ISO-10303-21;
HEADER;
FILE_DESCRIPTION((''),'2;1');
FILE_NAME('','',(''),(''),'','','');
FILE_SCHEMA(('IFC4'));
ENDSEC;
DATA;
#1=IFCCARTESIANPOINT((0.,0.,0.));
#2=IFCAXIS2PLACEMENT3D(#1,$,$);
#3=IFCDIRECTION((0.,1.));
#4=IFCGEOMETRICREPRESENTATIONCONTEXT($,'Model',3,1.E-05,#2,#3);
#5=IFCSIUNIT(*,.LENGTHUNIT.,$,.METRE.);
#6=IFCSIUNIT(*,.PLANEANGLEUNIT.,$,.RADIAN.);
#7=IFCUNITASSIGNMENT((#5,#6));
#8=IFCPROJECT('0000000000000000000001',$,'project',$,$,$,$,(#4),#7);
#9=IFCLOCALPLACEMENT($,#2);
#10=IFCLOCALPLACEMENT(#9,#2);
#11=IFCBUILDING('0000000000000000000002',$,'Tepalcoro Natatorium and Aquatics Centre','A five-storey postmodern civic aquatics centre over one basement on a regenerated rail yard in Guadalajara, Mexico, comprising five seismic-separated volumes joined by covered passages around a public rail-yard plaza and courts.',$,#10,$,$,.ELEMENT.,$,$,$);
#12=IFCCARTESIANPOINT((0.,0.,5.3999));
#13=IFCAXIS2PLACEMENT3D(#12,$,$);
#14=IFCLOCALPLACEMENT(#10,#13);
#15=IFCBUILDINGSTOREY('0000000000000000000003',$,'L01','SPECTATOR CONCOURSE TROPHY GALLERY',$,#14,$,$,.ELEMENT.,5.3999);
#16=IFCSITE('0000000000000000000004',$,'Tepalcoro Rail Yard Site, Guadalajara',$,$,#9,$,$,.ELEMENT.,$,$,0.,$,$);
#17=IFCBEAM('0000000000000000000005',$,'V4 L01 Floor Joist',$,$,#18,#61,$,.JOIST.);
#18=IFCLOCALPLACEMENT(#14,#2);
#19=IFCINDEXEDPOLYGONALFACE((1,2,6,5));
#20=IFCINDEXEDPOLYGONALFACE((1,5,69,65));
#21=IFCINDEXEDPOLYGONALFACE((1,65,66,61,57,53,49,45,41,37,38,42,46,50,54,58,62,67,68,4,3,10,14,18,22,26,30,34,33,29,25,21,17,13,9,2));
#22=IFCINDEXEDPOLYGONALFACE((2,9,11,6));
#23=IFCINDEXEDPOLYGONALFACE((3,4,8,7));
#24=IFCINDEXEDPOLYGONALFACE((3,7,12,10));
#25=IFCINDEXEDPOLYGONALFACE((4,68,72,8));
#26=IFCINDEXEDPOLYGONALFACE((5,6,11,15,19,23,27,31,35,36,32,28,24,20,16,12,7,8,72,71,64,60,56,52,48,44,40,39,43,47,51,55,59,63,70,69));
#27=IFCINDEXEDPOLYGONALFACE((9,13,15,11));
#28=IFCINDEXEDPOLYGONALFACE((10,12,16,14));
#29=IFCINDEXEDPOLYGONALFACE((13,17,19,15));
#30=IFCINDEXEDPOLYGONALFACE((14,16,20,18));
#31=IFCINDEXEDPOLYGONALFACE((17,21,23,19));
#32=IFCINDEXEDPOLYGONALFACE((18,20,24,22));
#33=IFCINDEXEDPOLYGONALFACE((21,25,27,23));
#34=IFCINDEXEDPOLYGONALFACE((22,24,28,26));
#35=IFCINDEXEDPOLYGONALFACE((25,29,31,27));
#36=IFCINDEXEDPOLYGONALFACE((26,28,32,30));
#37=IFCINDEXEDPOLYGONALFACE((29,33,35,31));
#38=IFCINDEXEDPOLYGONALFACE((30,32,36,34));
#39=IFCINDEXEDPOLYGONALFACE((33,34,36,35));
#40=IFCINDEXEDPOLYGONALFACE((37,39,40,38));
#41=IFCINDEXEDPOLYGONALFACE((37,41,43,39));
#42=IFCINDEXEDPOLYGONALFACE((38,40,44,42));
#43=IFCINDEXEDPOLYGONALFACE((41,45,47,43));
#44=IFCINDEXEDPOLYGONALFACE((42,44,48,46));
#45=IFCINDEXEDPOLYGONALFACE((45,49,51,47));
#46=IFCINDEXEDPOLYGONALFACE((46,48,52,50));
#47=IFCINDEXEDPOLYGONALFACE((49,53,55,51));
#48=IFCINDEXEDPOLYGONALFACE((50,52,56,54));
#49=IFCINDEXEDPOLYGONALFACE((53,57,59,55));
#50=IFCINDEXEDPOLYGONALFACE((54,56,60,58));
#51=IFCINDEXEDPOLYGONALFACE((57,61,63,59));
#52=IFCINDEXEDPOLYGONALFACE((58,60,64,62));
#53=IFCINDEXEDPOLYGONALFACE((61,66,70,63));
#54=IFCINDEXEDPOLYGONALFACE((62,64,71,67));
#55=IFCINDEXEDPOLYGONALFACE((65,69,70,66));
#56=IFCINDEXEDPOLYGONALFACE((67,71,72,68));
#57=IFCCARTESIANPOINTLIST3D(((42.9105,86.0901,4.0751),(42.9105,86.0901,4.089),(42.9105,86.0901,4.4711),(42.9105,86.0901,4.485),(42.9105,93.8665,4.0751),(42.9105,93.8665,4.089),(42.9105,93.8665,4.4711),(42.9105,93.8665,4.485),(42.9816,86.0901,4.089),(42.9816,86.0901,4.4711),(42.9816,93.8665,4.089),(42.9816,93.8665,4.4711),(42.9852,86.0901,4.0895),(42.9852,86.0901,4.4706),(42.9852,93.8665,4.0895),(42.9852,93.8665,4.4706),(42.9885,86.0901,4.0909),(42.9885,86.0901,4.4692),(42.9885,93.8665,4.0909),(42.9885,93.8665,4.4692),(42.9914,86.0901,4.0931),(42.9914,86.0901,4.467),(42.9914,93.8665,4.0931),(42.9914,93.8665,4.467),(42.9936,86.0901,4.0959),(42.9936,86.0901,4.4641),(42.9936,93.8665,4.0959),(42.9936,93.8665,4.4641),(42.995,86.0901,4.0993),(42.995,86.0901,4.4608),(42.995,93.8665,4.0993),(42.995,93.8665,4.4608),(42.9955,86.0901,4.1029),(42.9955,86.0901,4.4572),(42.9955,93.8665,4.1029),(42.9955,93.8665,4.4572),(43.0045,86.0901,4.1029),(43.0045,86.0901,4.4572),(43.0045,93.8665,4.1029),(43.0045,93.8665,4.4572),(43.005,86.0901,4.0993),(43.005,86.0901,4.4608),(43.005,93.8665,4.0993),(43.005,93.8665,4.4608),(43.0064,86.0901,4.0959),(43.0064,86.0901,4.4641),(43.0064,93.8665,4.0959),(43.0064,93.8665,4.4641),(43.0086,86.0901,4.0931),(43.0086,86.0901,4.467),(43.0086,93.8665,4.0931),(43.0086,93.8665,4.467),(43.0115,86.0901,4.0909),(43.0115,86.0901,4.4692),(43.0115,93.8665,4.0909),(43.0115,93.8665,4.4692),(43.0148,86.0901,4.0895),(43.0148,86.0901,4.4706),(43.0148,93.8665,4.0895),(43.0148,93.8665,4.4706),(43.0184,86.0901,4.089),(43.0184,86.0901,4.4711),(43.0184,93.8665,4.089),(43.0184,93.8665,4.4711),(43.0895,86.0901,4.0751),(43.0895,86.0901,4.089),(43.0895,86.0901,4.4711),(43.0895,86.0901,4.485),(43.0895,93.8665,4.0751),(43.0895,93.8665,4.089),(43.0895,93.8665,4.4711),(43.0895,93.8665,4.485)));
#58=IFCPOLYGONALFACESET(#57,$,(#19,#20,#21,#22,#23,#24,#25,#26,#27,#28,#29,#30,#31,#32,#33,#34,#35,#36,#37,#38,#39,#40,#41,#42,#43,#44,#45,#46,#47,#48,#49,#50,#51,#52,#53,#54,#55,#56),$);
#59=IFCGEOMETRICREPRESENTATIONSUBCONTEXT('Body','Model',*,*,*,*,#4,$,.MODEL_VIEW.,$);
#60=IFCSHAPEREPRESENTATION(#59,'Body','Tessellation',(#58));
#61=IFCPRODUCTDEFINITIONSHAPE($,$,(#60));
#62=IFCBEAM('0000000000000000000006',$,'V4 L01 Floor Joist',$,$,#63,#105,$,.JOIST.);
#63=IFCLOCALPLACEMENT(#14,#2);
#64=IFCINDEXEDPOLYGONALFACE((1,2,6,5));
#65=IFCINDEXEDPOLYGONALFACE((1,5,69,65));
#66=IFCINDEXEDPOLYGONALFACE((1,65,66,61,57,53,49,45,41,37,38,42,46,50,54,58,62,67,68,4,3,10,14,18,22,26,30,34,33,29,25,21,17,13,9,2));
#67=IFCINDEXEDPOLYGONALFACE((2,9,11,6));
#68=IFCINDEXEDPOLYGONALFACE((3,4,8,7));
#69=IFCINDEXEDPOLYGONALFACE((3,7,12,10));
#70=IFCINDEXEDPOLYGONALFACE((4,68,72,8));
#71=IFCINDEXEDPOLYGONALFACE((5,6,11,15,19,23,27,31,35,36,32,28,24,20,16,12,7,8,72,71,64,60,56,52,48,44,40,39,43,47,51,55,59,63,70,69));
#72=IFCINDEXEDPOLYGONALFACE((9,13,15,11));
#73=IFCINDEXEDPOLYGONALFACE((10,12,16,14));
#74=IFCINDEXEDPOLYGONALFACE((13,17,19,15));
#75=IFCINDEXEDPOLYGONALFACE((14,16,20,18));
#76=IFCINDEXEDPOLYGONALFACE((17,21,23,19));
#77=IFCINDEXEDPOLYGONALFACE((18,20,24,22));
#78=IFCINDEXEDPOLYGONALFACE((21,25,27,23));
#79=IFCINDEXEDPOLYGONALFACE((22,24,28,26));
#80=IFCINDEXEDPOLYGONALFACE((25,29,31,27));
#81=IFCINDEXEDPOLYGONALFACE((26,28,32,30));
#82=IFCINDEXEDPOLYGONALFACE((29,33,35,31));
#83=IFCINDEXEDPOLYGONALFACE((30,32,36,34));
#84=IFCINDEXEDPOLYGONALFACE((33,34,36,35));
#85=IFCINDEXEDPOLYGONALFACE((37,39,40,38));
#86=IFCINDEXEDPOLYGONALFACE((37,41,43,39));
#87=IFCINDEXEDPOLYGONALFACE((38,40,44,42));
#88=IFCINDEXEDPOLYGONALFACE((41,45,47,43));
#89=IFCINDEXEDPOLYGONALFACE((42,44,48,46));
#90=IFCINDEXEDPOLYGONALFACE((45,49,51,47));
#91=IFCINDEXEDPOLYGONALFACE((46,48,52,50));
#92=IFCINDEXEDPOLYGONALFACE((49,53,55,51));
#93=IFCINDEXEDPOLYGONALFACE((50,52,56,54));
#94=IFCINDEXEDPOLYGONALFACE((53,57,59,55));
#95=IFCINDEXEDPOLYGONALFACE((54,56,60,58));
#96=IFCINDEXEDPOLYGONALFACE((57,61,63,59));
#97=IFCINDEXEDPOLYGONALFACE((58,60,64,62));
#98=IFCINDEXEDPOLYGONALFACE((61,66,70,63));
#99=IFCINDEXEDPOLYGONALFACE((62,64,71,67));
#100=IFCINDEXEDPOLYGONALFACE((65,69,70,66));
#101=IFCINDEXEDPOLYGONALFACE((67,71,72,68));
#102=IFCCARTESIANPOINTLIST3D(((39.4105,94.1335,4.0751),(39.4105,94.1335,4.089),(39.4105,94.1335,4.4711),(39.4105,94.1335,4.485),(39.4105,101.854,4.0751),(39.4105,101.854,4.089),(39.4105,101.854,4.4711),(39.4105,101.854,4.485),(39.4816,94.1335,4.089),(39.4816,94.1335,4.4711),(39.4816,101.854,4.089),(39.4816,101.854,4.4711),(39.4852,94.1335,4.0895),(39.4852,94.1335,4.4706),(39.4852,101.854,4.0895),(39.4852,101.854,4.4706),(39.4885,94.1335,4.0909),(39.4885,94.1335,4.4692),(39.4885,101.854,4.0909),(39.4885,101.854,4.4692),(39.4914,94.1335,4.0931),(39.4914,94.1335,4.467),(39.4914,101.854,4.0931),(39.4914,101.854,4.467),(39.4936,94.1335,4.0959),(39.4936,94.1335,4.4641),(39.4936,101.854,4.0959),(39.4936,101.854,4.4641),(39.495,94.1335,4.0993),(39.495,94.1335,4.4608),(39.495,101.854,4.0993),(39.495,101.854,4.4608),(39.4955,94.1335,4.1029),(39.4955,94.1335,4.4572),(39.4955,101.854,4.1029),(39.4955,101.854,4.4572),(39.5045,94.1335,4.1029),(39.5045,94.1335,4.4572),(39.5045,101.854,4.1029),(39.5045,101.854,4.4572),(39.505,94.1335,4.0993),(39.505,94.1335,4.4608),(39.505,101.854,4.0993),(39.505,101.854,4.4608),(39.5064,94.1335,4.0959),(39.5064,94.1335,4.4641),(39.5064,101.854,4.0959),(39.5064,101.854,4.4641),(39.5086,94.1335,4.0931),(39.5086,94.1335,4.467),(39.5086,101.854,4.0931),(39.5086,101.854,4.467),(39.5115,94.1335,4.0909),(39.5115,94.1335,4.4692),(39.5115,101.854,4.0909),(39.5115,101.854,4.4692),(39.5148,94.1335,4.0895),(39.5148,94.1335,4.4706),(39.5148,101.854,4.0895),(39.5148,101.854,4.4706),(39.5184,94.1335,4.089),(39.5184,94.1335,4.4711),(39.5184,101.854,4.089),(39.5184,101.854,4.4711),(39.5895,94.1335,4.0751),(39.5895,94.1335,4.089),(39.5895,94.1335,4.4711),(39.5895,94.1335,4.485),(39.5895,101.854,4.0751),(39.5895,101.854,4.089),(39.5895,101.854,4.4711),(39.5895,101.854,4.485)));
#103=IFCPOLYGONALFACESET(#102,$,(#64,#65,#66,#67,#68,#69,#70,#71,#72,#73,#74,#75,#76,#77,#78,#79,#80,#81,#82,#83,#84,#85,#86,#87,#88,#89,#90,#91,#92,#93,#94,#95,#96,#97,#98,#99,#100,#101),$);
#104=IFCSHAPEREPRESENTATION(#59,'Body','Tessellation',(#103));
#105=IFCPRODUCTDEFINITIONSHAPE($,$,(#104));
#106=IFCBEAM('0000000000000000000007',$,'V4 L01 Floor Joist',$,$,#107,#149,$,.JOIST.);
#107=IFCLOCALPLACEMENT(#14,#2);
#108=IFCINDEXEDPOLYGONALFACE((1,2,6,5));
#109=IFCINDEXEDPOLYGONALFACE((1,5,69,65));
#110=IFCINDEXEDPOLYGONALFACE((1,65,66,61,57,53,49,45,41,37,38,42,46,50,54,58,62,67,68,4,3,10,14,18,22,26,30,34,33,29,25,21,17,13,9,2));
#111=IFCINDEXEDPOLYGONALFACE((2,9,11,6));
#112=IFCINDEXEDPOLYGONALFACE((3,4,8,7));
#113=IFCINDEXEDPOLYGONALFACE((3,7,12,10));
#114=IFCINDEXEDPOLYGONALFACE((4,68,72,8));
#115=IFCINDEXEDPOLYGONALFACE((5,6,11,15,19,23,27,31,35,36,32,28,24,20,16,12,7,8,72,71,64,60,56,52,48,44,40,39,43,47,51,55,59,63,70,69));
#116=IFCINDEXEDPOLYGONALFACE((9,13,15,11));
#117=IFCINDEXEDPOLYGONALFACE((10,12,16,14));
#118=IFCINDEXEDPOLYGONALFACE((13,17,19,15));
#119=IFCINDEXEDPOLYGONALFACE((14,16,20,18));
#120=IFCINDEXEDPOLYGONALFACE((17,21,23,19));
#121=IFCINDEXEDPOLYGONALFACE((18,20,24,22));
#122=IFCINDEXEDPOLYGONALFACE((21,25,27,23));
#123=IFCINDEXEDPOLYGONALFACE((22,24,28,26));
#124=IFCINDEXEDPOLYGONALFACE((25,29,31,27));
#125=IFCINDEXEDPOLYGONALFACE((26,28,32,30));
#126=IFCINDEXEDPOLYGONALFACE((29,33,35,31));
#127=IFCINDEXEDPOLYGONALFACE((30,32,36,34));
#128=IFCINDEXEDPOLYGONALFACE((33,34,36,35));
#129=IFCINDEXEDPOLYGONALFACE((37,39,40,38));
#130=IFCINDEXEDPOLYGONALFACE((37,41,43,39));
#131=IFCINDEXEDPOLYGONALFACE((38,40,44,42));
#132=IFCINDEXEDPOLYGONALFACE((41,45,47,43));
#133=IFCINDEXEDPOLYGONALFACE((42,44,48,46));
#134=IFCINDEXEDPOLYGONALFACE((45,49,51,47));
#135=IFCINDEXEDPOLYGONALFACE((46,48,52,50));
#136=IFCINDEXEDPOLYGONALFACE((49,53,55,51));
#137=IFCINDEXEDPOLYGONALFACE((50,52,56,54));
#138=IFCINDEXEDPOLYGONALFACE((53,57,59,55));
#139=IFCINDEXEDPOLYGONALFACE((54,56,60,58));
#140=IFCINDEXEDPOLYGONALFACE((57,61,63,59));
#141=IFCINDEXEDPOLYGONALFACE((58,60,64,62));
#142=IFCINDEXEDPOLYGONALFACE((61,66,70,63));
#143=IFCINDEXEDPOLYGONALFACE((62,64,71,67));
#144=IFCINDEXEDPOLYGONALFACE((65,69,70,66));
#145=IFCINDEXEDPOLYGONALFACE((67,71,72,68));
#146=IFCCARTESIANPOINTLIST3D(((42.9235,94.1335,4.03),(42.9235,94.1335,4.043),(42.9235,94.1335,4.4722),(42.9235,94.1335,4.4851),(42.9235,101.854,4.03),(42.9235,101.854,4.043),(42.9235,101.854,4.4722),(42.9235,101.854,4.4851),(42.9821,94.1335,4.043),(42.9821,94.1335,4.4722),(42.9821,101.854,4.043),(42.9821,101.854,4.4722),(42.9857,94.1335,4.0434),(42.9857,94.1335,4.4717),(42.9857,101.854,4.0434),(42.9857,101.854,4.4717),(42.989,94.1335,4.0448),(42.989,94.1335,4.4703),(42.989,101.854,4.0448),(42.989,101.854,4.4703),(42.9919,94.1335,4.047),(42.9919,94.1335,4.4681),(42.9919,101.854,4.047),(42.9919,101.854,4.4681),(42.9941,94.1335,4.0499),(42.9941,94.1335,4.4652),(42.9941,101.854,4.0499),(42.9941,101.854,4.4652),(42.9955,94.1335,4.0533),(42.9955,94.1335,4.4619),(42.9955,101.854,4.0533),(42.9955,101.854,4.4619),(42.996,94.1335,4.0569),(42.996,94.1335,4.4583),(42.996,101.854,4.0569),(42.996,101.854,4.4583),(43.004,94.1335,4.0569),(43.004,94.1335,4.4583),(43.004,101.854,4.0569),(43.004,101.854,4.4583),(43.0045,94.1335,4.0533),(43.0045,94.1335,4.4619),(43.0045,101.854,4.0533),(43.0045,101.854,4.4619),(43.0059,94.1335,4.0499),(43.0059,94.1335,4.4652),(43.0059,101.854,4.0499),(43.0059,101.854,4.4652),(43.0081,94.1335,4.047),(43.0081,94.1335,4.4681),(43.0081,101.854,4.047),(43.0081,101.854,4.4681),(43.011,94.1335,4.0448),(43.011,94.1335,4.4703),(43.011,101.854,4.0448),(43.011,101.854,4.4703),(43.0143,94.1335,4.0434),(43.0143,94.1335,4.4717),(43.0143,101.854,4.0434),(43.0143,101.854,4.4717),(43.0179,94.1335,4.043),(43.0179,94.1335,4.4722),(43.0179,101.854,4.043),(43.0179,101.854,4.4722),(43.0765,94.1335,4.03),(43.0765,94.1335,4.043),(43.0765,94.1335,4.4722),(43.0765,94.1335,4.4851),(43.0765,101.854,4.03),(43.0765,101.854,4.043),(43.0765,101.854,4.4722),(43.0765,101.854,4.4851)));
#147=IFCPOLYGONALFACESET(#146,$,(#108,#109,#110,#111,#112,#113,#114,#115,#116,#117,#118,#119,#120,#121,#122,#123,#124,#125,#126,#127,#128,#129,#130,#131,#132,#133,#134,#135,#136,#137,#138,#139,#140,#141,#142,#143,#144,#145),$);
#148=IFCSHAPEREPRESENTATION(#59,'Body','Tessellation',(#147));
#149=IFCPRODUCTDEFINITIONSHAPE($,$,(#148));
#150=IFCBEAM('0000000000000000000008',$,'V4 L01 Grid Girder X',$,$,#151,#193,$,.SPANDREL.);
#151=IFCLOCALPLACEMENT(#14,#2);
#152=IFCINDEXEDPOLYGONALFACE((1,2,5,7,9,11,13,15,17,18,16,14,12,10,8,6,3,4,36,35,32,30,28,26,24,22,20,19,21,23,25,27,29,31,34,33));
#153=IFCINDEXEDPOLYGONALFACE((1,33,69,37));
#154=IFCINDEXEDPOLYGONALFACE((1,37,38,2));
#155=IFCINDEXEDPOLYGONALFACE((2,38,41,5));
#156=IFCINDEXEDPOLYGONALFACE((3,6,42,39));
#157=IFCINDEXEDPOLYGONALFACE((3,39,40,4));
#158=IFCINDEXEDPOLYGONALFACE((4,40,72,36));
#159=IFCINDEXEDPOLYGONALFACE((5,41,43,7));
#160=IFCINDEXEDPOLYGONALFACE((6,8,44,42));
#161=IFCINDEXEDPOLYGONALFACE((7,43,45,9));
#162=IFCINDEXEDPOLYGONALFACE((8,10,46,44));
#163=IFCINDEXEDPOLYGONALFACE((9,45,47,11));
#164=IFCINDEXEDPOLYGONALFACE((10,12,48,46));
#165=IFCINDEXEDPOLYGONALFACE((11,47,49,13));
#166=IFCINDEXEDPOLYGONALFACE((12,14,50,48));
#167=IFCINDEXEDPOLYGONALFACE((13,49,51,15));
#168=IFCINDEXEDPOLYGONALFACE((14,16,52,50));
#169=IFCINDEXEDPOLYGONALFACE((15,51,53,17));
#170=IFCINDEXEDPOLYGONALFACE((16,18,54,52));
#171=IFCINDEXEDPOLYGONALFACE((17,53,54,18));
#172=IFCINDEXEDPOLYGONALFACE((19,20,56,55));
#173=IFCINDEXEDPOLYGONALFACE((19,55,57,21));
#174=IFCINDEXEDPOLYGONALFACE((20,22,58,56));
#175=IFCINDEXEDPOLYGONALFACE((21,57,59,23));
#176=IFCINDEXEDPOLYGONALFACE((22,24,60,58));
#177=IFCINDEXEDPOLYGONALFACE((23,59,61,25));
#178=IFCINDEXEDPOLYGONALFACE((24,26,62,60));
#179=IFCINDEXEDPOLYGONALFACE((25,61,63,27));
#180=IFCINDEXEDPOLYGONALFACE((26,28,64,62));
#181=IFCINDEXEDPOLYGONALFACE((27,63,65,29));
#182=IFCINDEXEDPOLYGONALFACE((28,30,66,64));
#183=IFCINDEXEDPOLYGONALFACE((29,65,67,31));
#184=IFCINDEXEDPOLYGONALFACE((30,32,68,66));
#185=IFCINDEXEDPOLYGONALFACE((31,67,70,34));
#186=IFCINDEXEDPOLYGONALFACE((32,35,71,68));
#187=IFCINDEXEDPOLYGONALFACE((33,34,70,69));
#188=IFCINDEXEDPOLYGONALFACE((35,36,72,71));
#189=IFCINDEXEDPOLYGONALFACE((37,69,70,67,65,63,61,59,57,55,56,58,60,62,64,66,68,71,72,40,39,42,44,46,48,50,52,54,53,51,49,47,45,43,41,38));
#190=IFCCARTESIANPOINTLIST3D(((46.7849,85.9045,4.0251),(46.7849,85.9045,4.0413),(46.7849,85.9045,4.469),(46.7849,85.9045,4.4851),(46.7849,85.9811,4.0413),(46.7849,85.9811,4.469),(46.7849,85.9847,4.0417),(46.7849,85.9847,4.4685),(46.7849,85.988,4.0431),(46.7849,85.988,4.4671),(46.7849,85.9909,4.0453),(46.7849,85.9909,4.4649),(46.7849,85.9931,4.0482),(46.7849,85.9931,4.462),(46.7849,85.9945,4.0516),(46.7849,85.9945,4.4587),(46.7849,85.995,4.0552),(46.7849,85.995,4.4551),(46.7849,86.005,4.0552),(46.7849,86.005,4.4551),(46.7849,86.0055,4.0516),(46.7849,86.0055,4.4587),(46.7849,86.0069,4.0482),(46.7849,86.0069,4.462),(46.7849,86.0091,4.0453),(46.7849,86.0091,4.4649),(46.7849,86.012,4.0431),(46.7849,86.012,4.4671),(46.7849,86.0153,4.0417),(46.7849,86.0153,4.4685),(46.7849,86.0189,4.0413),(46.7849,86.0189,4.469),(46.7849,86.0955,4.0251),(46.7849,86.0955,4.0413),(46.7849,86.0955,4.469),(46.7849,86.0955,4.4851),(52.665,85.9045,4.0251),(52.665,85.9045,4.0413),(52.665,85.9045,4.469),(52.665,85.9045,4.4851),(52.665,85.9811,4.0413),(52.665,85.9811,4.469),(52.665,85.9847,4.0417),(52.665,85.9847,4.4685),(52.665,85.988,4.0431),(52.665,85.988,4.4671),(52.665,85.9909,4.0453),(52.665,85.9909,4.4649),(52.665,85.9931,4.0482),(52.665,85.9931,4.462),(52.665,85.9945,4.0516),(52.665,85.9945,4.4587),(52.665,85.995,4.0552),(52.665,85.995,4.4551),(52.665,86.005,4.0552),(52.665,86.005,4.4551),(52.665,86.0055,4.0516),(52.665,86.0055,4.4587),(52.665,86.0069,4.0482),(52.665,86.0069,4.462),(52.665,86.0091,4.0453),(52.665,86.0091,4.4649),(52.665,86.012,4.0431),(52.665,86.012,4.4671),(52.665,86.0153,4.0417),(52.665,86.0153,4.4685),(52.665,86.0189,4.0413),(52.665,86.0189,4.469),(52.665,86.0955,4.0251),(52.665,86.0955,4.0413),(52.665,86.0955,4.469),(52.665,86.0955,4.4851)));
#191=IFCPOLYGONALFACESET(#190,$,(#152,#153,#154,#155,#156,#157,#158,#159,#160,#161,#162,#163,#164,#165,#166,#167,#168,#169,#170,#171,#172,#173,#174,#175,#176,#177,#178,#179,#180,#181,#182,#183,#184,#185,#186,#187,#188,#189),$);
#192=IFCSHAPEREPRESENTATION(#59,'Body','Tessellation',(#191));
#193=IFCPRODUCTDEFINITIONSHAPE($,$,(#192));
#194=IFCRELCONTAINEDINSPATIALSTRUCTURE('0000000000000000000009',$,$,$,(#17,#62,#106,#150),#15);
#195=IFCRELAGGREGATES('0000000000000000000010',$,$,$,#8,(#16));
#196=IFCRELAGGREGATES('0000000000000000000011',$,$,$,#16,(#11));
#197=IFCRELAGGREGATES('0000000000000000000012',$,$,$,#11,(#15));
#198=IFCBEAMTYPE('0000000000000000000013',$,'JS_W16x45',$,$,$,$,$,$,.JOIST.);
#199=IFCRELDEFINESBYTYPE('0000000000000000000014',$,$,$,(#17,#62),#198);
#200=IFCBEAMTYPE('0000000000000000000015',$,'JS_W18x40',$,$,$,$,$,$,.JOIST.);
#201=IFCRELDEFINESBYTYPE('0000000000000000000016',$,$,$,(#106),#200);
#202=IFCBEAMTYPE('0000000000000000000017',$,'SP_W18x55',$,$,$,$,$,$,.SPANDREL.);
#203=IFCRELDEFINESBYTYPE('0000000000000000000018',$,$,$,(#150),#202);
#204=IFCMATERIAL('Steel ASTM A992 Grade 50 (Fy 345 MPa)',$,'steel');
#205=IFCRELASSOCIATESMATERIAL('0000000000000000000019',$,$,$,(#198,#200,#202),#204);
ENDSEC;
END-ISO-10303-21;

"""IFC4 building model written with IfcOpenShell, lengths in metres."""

from ifc_helpers import new_model, si_unit, direction, frame, origin, origin_2d, place, context, subcontext, project, spatial, i_section, extrude, material, material_profile, profile_set, type_object, element, save


model = new_model("IFC4")

# Units and contexts
model_context = context("Model", 3, precision=1e-05, world=origin(), true_north=direction((0.0, 1.0)))
body_context = subcontext(model_context, "Body", "Model", "MODEL_VIEW")
ifc_project = project(units=[si_unit("LENGTHUNIT", "METRE"), si_unit("PLANEANGLEUNIT", "RADIAN")], contexts=[model_context])

# Site, building, storey
site_placement = place(None, origin())
site = spatial("IfcSite", under=ifc_project, at=site_placement, Name="Tepalcoro Rail Yard Site, Guadalajara", CompositionType="ELEMENT", RefElevation=0.0)
building_placement = place(site_placement, origin())
building = spatial("IfcBuilding", under=site, at=building_placement, Name="Tepalcoro Natatorium and Aquatics Centre", Description="A five-storey postmodern civic aquatics centre over one basement on a regenerated rail yard in Guadalajara, Mexico, comprising five seismic-separated volumes joined by covered passages around a public rail-yard plaza and courts.", CompositionType="ELEMENT")
storey_placement = place(building_placement, frame((0.0, 0.0, 5.3999)))
storey = spatial("IfcBuildingStorey", under=building, at=storey_placement, Name="L01", Description="SPECTATOR CONCOURSE TROPHY GALLERY", CompositionType="ELEMENT", Elevation=5.3999)

# Shared definitions
ifc_material_1 = material(Name="Steel ASTM A992 Grade 50 (Fy 345 MPa)", Category="steel")

# Beams
ifc_material_profile_1 = material_profile(ifc_material_1, i_section(OverallWidth=0.179, OverallDepth=0.4099, WebThickness=0.009, FlangeThickness=0.0139, FilletRadius=0.0139, at=origin_2d()), Name="W16X45")
ifc_profile_set_1 = profile_set([ifc_material_profile_1], Name="Steel ASTM A992 Grade 50 (Fy 345 MPa)")
beam_type_1 = type_object("IfcBeamType", Name="JS_W16x45", PredefinedType="JOIST", material=ifc_profile_set_1)
beam_1_placement = place(storey_placement, frame((43.0, 86.0901, 4.28), z_axis=(0.0, 1.0, 0.0), x_axis=(-1.0, 0.0, 0.0)))
element("IfcBeam", 1, at=beam_1_placement, inside=storey, type_object=beam_type_1, Name="V4 L01 Floor Joist", PredefinedType="JOIST", context=body_context, shape_type="SweptSolid", body=[
    extrude(i_section(OverallWidth=0.179, OverallDepth=0.4099, WebThickness=0.009, FlangeThickness=0.0139, FilletRadius=0.0139, at=origin_2d()), origin(), (0.0, 0.0, 1.0), 7.7764),
])
beam_2_placement = place(storey_placement, frame((39.5, 94.1335, 4.28), z_axis=(0.0, 1.0, 0.0), x_axis=(-1.0, 0.0, 0.0)))
element("IfcBeam", 2, at=beam_2_placement, inside=storey, type_object=beam_type_1, Name="V4 L01 Floor Joist", PredefinedType="JOIST", context=body_context, shape_type="SweptSolid", body=[
    extrude(i_section(OverallWidth=0.179, OverallDepth=0.4099, WebThickness=0.009, FlangeThickness=0.0139, FilletRadius=0.0139, at=origin_2d()), origin(), (0.0, 0.0, 1.0), 7.7205),
])
ifc_material_profile_2 = material_profile(ifc_material_1, i_section(OverallWidth=0.1531, OverallDepth=0.4551, WebThickness=0.0081, FlangeThickness=0.0129, FilletRadius=0.0139, at=origin_2d()), Name="W18X40")
ifc_profile_set_2 = profile_set([ifc_material_profile_2], Name="Steel ASTM A992 Grade 50 (Fy 345 MPa)")
beam_type_2 = type_object("IfcBeamType", Name="JS_W18x40", PredefinedType="JOIST", material=ifc_profile_set_2)
beam_3_placement = place(storey_placement, frame((43.0, 94.1335, 4.2576), z_axis=(0.0, 1.0, 0.0), x_axis=(-1.0, 0.0, 0.0)))
element("IfcBeam", 3, at=beam_3_placement, inside=storey, type_object=beam_type_2, Name="V4 L01 Floor Joist", PredefinedType="JOIST", context=body_context, shape_type="SweptSolid", body=[
    extrude(i_section(OverallWidth=0.1531, OverallDepth=0.4551, WebThickness=0.0081, FlangeThickness=0.0129, FilletRadius=0.0139, at=origin_2d()), origin(), (0.0, 0.0, 1.0), 7.7205),
])
ifc_material_profile_3 = material_profile(ifc_material_1, i_section(OverallWidth=0.1909, OverallDepth=0.46, WebThickness=0.01, FlangeThickness=0.0161, FilletRadius=0.0139, at=origin_2d()), Name="W18X55")
ifc_profile_set_3 = profile_set([ifc_material_profile_3], Name="Steel ASTM A992 Grade 50 (Fy 345 MPa)")
beam_type_3 = type_object("IfcBeamType", Name="SP_W18x55", PredefinedType="SPANDREL", material=ifc_profile_set_3)
beam_4_placement = place(storey_placement, frame((46.7849, 86.0, 4.2551), z_axis=(1.0, 0.0, 0.0), x_axis=(0.0, 1.0, 0.0)))
element("IfcBeam", 4, at=beam_4_placement, inside=storey, type_object=beam_type_3, Name="V4 L01 Grid Girder X", PredefinedType="SPANDREL", context=body_context, shape_type="SweptSolid", body=[
    extrude(i_section(OverallWidth=0.1909, OverallDepth=0.46, WebThickness=0.01, FlangeThickness=0.0161, FilletRadius=0.0139, at=origin_2d()), origin(), (0.0, 0.0, 1.0), 5.8801),
])

save(model, "model.ifc")
